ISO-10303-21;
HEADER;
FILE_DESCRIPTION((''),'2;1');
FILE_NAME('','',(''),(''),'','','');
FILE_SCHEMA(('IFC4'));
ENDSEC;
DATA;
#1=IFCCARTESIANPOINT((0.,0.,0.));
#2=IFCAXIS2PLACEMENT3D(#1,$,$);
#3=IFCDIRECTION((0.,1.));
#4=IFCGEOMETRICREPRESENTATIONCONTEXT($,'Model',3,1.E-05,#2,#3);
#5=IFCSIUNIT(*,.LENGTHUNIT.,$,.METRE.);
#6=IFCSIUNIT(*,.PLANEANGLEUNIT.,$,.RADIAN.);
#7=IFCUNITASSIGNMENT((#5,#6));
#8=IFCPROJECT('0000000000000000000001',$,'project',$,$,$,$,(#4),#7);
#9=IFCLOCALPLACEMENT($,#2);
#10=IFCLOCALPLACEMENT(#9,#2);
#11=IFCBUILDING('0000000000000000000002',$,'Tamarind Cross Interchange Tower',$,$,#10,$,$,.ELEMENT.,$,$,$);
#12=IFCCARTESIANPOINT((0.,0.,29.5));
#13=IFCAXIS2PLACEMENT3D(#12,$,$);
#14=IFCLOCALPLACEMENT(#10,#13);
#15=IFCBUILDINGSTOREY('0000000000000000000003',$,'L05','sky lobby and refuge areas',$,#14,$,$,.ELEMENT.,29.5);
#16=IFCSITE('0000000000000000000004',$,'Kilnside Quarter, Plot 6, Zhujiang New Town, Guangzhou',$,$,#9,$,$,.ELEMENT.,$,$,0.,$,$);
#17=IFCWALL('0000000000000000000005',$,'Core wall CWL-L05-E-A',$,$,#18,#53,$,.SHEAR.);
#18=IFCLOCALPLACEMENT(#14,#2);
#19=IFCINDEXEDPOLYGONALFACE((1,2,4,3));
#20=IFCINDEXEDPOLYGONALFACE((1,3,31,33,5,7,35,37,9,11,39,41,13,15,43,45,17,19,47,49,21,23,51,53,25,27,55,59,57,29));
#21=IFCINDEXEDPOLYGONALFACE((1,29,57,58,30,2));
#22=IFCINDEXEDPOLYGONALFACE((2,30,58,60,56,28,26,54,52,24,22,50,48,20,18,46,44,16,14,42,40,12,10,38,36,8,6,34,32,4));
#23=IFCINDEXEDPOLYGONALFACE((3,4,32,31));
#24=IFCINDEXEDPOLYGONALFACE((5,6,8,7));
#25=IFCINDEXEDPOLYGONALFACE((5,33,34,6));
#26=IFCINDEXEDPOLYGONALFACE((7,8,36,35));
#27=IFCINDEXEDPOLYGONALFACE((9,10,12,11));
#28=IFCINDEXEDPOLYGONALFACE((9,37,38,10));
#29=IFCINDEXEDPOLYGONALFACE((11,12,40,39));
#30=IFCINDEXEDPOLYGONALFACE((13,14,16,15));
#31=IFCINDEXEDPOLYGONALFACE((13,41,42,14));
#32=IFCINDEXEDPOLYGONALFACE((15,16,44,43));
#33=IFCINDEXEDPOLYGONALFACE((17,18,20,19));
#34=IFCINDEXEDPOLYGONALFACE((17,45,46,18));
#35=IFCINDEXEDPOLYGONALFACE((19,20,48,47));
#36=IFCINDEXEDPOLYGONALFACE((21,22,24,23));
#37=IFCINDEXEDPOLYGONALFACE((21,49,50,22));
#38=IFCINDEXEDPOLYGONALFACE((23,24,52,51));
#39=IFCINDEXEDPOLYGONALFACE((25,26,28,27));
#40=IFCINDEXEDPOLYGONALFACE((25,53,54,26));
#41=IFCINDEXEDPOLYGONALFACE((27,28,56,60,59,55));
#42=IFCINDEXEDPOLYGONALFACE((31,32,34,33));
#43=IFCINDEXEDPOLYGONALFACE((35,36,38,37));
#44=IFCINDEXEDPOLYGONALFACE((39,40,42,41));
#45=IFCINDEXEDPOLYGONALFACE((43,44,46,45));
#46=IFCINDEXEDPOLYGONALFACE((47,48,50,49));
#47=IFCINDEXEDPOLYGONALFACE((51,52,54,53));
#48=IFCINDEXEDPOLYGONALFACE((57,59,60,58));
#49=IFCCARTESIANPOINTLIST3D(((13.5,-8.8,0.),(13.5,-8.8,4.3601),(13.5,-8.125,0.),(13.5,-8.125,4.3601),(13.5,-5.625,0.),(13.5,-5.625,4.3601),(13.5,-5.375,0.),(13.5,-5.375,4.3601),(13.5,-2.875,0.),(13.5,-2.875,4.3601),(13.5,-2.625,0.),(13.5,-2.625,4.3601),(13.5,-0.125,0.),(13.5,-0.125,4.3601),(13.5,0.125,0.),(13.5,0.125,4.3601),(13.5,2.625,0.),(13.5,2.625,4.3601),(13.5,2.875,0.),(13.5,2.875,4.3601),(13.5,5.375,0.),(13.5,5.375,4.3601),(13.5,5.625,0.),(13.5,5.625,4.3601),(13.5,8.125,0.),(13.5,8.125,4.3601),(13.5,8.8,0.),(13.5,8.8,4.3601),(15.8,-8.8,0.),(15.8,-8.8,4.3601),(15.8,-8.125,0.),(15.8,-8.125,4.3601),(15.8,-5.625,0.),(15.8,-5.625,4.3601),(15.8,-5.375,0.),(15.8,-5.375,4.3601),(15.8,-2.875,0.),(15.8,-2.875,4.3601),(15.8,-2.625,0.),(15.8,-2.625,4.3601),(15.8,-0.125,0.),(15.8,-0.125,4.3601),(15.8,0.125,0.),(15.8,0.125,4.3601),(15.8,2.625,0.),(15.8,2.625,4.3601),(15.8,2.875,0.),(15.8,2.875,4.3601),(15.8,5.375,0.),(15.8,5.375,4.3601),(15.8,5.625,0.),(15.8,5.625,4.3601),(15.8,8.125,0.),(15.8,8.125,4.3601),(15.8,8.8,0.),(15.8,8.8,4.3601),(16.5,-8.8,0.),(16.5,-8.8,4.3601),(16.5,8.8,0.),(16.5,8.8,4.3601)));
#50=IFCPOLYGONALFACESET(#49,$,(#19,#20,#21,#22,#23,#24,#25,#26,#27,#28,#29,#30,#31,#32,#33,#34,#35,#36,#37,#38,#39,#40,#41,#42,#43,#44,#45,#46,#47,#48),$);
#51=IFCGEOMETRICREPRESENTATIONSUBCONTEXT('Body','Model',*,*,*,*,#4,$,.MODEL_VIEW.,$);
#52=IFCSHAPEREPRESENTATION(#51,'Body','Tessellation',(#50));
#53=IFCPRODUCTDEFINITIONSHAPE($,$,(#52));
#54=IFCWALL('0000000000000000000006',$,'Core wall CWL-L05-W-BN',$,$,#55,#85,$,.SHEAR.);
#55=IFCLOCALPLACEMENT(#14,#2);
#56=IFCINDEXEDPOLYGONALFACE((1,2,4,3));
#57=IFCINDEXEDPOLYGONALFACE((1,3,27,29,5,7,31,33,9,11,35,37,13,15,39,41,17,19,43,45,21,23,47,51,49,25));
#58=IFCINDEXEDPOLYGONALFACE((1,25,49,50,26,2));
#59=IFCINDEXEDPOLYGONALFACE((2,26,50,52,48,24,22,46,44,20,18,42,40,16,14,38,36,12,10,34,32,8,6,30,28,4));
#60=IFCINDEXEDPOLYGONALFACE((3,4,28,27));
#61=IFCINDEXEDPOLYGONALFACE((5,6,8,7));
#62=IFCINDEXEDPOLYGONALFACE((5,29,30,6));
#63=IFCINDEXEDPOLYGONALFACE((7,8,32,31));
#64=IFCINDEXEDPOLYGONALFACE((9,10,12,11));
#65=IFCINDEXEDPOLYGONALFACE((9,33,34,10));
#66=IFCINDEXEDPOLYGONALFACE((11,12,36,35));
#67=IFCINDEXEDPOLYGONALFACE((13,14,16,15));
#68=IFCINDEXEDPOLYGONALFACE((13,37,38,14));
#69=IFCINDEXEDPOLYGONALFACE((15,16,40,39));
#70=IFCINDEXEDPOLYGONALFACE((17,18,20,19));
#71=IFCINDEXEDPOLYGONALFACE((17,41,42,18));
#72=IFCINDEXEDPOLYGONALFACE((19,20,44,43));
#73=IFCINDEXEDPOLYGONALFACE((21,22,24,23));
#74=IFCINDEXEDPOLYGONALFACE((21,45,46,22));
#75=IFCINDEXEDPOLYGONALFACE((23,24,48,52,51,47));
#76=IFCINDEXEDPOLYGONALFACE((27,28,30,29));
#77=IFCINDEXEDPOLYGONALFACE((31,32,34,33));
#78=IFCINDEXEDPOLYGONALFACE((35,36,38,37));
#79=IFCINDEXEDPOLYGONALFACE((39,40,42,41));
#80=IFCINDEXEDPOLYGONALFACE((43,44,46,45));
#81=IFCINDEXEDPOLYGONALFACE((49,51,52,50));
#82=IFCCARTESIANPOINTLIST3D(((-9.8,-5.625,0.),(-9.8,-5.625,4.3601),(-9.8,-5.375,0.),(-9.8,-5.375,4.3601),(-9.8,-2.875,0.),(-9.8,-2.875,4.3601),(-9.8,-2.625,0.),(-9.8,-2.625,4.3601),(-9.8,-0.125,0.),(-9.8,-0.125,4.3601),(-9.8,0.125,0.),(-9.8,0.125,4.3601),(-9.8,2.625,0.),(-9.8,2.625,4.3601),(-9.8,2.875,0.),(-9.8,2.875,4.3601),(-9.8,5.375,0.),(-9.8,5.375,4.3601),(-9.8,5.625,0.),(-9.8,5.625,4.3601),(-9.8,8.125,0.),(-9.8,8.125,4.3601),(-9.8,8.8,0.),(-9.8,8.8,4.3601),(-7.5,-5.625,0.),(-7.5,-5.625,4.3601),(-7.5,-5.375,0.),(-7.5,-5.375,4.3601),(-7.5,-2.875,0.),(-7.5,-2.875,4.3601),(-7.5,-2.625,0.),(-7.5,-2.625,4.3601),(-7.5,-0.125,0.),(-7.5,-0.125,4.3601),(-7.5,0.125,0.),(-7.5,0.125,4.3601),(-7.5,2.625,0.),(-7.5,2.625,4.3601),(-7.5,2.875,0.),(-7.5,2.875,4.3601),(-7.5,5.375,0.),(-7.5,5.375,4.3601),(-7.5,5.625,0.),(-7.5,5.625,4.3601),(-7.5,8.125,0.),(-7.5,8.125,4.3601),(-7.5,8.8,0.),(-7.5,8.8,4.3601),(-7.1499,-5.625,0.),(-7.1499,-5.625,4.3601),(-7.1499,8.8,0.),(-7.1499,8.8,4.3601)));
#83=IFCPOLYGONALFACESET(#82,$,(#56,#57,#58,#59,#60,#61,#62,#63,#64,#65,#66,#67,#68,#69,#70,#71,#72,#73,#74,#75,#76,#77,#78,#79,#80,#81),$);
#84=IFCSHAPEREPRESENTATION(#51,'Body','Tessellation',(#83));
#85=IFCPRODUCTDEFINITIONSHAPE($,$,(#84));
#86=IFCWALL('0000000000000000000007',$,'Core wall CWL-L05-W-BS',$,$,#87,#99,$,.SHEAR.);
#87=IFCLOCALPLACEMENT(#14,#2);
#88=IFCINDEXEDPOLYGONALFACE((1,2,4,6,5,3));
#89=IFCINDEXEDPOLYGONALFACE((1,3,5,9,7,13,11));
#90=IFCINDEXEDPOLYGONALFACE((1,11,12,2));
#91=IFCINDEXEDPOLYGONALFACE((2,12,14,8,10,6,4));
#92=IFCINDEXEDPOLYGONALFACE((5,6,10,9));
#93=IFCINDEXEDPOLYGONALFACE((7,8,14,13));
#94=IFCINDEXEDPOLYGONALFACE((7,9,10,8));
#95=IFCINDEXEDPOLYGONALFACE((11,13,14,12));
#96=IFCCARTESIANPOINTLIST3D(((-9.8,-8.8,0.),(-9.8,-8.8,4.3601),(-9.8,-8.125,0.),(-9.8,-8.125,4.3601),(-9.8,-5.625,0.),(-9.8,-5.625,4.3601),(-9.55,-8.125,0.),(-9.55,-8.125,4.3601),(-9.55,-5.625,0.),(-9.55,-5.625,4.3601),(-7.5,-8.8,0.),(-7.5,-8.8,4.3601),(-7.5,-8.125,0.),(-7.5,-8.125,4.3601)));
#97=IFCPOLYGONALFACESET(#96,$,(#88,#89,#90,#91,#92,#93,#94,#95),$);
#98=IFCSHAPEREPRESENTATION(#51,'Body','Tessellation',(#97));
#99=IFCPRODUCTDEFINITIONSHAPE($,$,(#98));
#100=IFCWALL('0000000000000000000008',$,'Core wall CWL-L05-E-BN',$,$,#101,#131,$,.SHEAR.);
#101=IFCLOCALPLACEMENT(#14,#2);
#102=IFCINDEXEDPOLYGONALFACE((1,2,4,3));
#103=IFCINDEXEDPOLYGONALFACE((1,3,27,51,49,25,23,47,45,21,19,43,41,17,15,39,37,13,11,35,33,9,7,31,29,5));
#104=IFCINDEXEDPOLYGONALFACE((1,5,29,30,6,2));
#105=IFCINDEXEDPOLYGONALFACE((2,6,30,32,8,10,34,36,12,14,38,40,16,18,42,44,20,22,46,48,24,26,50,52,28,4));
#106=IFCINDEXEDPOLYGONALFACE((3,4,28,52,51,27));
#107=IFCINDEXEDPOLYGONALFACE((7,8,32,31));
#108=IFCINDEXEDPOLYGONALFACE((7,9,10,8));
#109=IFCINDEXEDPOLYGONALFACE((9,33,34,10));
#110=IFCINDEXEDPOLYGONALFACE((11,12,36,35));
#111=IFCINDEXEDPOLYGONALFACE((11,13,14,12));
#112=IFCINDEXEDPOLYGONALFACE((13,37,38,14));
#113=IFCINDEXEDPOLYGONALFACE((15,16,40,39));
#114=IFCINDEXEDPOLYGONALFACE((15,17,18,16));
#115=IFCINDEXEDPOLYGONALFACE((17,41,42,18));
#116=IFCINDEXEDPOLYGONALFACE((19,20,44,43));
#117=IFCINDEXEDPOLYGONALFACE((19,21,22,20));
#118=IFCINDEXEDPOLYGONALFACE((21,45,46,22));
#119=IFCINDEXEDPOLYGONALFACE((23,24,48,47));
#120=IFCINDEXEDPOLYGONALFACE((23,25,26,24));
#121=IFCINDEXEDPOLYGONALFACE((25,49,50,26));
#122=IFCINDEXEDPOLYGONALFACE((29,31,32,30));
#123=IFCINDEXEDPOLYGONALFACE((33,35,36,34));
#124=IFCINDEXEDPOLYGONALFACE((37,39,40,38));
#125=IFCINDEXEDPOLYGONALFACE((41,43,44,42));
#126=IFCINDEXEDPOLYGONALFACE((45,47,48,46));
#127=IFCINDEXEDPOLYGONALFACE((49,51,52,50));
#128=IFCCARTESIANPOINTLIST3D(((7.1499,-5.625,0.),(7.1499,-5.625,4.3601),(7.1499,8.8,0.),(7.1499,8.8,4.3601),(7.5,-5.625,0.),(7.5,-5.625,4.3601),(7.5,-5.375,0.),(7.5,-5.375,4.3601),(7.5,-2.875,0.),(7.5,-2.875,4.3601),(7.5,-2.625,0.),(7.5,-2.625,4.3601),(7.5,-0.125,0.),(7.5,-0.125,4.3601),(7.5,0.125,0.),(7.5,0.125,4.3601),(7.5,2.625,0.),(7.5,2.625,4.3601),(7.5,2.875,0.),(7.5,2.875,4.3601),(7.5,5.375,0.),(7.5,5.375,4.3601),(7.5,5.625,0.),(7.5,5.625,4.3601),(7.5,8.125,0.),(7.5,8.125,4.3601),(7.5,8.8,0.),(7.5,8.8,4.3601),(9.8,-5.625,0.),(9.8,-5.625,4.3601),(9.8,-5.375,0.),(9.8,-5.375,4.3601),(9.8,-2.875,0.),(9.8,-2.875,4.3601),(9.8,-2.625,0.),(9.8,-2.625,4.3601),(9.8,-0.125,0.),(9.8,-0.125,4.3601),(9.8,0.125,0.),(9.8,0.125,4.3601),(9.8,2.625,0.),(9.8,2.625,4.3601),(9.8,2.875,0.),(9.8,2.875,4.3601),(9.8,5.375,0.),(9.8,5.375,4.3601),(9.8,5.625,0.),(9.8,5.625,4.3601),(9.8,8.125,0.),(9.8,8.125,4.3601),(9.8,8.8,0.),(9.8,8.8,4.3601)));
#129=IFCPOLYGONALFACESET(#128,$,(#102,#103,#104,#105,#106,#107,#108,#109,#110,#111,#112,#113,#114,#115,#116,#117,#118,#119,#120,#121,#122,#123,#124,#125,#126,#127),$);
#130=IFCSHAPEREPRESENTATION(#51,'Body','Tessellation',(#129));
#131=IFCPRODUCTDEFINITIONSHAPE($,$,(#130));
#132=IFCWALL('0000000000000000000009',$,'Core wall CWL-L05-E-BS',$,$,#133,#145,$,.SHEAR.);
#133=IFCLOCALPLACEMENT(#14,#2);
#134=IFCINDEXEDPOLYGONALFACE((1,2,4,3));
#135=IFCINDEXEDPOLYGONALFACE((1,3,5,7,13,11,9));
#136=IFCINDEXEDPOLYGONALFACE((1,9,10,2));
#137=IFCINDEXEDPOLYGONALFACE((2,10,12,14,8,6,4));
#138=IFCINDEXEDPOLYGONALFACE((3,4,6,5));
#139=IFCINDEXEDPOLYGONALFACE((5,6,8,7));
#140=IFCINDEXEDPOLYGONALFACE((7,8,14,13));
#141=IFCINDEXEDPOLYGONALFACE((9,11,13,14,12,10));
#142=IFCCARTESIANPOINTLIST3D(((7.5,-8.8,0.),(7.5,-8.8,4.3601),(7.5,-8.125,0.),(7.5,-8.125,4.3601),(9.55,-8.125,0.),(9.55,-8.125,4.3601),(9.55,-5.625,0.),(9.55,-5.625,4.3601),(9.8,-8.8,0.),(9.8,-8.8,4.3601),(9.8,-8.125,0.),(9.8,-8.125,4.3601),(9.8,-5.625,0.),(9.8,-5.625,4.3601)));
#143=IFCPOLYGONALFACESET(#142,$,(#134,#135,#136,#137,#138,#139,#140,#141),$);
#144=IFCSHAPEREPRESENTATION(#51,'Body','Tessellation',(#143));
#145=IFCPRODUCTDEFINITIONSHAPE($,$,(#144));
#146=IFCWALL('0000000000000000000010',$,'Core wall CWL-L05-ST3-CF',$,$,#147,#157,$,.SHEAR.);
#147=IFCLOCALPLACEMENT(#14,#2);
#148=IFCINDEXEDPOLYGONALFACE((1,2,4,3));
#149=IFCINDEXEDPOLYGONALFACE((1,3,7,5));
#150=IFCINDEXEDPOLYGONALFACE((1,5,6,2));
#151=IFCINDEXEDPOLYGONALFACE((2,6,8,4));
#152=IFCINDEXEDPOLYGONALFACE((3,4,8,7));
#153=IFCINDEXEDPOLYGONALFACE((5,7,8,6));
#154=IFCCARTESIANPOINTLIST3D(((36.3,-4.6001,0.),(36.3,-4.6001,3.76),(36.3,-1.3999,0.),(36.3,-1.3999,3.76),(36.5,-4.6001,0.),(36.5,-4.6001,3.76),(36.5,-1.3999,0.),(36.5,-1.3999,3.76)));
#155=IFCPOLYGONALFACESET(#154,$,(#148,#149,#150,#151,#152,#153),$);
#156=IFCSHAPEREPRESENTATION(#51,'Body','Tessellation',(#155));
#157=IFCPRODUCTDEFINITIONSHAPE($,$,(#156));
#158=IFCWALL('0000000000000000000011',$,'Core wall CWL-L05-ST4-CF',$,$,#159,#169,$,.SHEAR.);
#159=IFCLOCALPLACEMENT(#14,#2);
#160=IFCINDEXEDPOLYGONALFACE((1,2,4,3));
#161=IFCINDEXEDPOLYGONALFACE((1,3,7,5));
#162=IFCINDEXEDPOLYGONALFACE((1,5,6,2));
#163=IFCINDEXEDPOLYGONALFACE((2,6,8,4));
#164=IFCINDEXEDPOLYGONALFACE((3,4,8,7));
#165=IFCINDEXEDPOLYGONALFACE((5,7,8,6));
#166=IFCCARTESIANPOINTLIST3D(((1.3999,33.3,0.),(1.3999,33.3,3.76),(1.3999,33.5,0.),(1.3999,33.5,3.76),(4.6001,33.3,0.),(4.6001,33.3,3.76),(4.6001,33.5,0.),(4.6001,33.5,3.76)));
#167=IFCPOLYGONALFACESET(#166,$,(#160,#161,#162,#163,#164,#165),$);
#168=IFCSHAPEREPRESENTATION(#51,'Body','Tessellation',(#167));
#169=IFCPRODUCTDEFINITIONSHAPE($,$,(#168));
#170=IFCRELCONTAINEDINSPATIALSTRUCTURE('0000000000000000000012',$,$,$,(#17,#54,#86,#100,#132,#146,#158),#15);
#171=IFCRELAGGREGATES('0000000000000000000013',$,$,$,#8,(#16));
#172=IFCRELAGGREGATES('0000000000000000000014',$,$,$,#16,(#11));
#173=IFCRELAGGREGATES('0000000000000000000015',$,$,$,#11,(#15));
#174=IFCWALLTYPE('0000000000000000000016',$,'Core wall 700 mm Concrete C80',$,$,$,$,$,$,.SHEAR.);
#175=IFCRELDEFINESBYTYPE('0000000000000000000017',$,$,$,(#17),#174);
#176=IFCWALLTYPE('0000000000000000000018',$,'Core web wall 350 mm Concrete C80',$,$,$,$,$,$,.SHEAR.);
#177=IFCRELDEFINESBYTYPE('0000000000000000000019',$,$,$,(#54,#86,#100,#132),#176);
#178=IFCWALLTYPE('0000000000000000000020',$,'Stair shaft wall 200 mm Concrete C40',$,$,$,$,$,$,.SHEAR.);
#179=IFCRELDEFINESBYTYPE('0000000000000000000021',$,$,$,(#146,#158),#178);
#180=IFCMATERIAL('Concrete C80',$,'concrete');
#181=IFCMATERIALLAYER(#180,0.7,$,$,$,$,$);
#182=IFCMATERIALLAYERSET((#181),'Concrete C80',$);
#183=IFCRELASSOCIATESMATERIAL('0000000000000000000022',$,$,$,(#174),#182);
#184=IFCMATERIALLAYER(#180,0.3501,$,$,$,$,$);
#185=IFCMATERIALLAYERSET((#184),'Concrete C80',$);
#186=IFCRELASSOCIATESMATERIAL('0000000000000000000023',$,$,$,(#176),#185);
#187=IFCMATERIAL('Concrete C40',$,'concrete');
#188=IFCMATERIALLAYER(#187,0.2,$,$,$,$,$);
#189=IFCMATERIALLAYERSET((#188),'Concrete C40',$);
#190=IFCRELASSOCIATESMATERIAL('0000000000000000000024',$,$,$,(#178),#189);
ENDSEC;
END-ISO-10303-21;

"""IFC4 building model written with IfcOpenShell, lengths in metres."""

from ifc_helpers import new_model, si_unit, direction, frame, origin, place, context, subcontext, project, spatial, polyline, outline, extrude, material, layer, layer_set, type_object, element, save


model = new_model("IFC4")

# Units and contexts
model_context = context("Model", 3, precision=1e-05, world=origin(), true_north=direction((0.0, 1.0)))
body_context = subcontext(model_context, "Body", "Model", "MODEL_VIEW")
ifc_project = project(units=[si_unit("LENGTHUNIT", "METRE"), si_unit("PLANEANGLEUNIT", "RADIAN")], contexts=[model_context])

# Site, building, storey
site_placement = place(None, origin())
site = spatial("IfcSite", under=ifc_project, at=site_placement, Name="Kilnside Quarter, Plot 6, Zhujiang New Town, Guangzhou", CompositionType="ELEMENT", RefElevation=0.0)
building_placement = place(site_placement, origin())
building = spatial("IfcBuilding", under=site, at=building_placement, Name="Tamarind Cross Interchange Tower", CompositionType="ELEMENT")
storey_placement = place(building_placement, frame((0.0, 0.0, 29.5)))
storey = spatial("IfcBuildingStorey", under=building, at=storey_placement, Name="L05", Description="sky lobby and refuge areas", CompositionType="ELEMENT", Elevation=29.5)

# Shared definitions
ifc_material_1 = material(Name="Concrete C40", Category="concrete")

# Walls
ifc_material_2 = material(Name="Concrete C80", Category="concrete")
ifc_layer_1 = layer(ifc_material_2, 0.7)
ifc_layer_set_1 = layer_set([ifc_layer_1], Name="Concrete C80")
wall_type_1 = type_object("IfcWallType", Name="Core wall 700 mm Concrete C80", PredefinedType="SHEAR", material=ifc_layer_set_1)
wall_1_placement = place(storey_placement, origin())
element("IfcWall", 1, at=wall_1_placement, inside=storey, type_object=wall_type_1, Name="Core wall CWL-L05-E-A", PredefinedType="SHEAR", context=body_context, shape_type="SweptSolid", body=[
    extrude(outline(polyline([(13.5, -8.8), (15.8, -8.8), (16.5, -8.8), (16.5, 8.8), (15.8, 8.8), (13.5, 8.8), (13.5, 8.125), (15.8, 8.125), (15.8, 5.625), (13.5, 5.625), (13.5, 5.375), (15.8, 5.375), (15.8, 2.875), (13.5, 2.875), (13.5, 2.625), (15.8, 2.625), (15.8, 0.125), (13.5, 0.125), (13.5, -0.125), (15.8, -0.125), (15.8, -2.625), (13.5, -2.625), (13.5, -2.875), (15.8, -2.875), (15.8, -5.375), (13.5, -5.375), (13.5, -5.625), (15.8, -5.625), (15.8, -8.125), (13.5, -8.125), (13.5, -8.8)])), origin(), (0.0, 0.0, 1.0), 4.3601),
])
ifc_layer_2 = layer(ifc_material_2, 0.3501)
ifc_layer_set_2 = layer_set([ifc_layer_2], Name="Concrete C80")
wall_type_2 = type_object("IfcWallType", Name="Core web wall 350 mm Concrete C80", PredefinedType="SHEAR", material=ifc_layer_set_2)
wall_2_placement = place(storey_placement, origin())
element("IfcWall", 2, at=wall_2_placement, inside=storey, type_object=wall_type_2, Name="Core wall CWL-L05-W-BN", PredefinedType="SHEAR", context=body_context, shape_type="SweptSolid", body=[
    extrude(outline(polyline([(-9.8, -5.375), (-9.8, -5.625), (-7.5, -5.625), (-7.1499, -5.625), (-7.1499, 8.8), (-7.5, 8.8), (-9.8, 8.8), (-9.8, 8.125), (-7.5, 8.125), (-7.5, 5.625), (-9.8, 5.625), (-9.8, 5.375), (-7.5, 5.375), (-7.5, 2.875), (-9.8, 2.875), (-9.8, 2.625), (-7.5, 2.625), (-7.5, 0.125), (-9.8, 0.125), (-9.8, -0.125), (-7.5, -0.125), (-7.5, -2.625), (-9.8, -2.625), (-9.8, -2.875), (-7.5, -2.875), (-7.5, -5.375), (-9.8, -5.375)])), origin(), (0.0, 0.0, 1.0), 4.3601),
])
wall_3_placement = place(storey_placement, origin())
element("IfcWall", 3, at=wall_3_placement, inside=storey, type_object=wall_type_2, Name="Core wall CWL-L05-W-BS", PredefinedType="SHEAR", context=body_context, shape_type="SweptSolid", body=[
    extrude(outline(polyline([(-7.5, -8.125), (-9.55, -8.125), (-9.55, -5.625), (-9.8, -5.625), (-9.8, -8.125), (-9.8, -8.8), (-7.5, -8.8), (-7.5, -8.125)])), origin(), (0.0, 0.0, 1.0), 4.3601),
])
wall_4_placement = place(storey_placement, origin())
element("IfcWall", 4, at=wall_4_placement, inside=storey, type_object=wall_type_2, Name="Core wall CWL-L05-E-BN", PredefinedType="SHEAR", context=body_context, shape_type="SweptSolid", body=[
    extrude(outline(polyline([(9.8, -5.375), (7.5, -5.375), (7.5, -2.875), (9.8, -2.875), (9.8, -2.625), (7.5, -2.625), (7.5, -0.125), (9.8, -0.125), (9.8, 0.125), (7.5, 0.125), (7.5, 2.625), (9.8, 2.625), (9.8, 2.875), (7.5, 2.875), (7.5, 5.375), (9.8, 5.375), (9.8, 5.625), (7.5, 5.625), (7.5, 8.125), (9.8, 8.125), (9.8, 8.8), (7.5, 8.8), (7.1499, 8.8), (7.1499, -5.625), (7.5, -5.625), (9.8, -5.625), (9.8, -5.375)])), origin(), (0.0, 0.0, 1.0), 4.3601),
])
wall_5_placement = place(storey_placement, origin())
element("IfcWall", 5, at=wall_5_placement, inside=storey, type_object=wall_type_2, Name="Core wall CWL-L05-E-BS", PredefinedType="SHEAR", context=body_context, shape_type="SweptSolid", body=[
    extrude(outline(polyline([(7.5, -8.125), (7.5, -8.8), (9.8, -8.8), (9.8, -8.125), (9.8, -5.625), (9.55, -5.625), (9.55, -8.125), (7.5, -8.125)])), origin(), (0.0, 0.0, 1.0), 4.3601),
])
ifc_layer_3 = layer(ifc_material_1, 0.2)
ifc_layer_set_3 = layer_set([ifc_layer_3], Name="Concrete C40")
wall_type_3 = type_object("IfcWallType", Name="Stair shaft wall 200 mm Concrete C40", PredefinedType="SHEAR", material=ifc_layer_set_3)
wall_6_placement = place(storey_placement, origin())
element("IfcWall", 6, at=wall_6_placement, inside=storey, type_object=wall_type_3, Name="Core wall CWL-L05-ST3-CF", PredefinedType="SHEAR", context=body_context, shape_type="SweptSolid", body=[
    extrude(outline(polyline([(36.3, -4.6001), (36.5, -4.6001), (36.5, -1.3999), (36.3, -1.3999), (36.3, -4.6001)])), origin(), (0.0, 0.0, 1.0), 3.76),
])
wall_7_placement = place(storey_placement, origin())
element("IfcWall", 7, at=wall_7_placement, inside=storey, type_object=wall_type_3, Name="Core wall CWL-L05-ST4-CF", PredefinedType="SHEAR", context=body_context, shape_type="SweptSolid", body=[
    extrude(outline(polyline([(4.6001, 33.3), (4.6001, 33.5), (1.3999, 33.5), (1.3999, 33.3), (4.6001, 33.3)])), origin(), (0.0, 0.0, 1.0), 3.76),
])

save(model, "model.ifc")
